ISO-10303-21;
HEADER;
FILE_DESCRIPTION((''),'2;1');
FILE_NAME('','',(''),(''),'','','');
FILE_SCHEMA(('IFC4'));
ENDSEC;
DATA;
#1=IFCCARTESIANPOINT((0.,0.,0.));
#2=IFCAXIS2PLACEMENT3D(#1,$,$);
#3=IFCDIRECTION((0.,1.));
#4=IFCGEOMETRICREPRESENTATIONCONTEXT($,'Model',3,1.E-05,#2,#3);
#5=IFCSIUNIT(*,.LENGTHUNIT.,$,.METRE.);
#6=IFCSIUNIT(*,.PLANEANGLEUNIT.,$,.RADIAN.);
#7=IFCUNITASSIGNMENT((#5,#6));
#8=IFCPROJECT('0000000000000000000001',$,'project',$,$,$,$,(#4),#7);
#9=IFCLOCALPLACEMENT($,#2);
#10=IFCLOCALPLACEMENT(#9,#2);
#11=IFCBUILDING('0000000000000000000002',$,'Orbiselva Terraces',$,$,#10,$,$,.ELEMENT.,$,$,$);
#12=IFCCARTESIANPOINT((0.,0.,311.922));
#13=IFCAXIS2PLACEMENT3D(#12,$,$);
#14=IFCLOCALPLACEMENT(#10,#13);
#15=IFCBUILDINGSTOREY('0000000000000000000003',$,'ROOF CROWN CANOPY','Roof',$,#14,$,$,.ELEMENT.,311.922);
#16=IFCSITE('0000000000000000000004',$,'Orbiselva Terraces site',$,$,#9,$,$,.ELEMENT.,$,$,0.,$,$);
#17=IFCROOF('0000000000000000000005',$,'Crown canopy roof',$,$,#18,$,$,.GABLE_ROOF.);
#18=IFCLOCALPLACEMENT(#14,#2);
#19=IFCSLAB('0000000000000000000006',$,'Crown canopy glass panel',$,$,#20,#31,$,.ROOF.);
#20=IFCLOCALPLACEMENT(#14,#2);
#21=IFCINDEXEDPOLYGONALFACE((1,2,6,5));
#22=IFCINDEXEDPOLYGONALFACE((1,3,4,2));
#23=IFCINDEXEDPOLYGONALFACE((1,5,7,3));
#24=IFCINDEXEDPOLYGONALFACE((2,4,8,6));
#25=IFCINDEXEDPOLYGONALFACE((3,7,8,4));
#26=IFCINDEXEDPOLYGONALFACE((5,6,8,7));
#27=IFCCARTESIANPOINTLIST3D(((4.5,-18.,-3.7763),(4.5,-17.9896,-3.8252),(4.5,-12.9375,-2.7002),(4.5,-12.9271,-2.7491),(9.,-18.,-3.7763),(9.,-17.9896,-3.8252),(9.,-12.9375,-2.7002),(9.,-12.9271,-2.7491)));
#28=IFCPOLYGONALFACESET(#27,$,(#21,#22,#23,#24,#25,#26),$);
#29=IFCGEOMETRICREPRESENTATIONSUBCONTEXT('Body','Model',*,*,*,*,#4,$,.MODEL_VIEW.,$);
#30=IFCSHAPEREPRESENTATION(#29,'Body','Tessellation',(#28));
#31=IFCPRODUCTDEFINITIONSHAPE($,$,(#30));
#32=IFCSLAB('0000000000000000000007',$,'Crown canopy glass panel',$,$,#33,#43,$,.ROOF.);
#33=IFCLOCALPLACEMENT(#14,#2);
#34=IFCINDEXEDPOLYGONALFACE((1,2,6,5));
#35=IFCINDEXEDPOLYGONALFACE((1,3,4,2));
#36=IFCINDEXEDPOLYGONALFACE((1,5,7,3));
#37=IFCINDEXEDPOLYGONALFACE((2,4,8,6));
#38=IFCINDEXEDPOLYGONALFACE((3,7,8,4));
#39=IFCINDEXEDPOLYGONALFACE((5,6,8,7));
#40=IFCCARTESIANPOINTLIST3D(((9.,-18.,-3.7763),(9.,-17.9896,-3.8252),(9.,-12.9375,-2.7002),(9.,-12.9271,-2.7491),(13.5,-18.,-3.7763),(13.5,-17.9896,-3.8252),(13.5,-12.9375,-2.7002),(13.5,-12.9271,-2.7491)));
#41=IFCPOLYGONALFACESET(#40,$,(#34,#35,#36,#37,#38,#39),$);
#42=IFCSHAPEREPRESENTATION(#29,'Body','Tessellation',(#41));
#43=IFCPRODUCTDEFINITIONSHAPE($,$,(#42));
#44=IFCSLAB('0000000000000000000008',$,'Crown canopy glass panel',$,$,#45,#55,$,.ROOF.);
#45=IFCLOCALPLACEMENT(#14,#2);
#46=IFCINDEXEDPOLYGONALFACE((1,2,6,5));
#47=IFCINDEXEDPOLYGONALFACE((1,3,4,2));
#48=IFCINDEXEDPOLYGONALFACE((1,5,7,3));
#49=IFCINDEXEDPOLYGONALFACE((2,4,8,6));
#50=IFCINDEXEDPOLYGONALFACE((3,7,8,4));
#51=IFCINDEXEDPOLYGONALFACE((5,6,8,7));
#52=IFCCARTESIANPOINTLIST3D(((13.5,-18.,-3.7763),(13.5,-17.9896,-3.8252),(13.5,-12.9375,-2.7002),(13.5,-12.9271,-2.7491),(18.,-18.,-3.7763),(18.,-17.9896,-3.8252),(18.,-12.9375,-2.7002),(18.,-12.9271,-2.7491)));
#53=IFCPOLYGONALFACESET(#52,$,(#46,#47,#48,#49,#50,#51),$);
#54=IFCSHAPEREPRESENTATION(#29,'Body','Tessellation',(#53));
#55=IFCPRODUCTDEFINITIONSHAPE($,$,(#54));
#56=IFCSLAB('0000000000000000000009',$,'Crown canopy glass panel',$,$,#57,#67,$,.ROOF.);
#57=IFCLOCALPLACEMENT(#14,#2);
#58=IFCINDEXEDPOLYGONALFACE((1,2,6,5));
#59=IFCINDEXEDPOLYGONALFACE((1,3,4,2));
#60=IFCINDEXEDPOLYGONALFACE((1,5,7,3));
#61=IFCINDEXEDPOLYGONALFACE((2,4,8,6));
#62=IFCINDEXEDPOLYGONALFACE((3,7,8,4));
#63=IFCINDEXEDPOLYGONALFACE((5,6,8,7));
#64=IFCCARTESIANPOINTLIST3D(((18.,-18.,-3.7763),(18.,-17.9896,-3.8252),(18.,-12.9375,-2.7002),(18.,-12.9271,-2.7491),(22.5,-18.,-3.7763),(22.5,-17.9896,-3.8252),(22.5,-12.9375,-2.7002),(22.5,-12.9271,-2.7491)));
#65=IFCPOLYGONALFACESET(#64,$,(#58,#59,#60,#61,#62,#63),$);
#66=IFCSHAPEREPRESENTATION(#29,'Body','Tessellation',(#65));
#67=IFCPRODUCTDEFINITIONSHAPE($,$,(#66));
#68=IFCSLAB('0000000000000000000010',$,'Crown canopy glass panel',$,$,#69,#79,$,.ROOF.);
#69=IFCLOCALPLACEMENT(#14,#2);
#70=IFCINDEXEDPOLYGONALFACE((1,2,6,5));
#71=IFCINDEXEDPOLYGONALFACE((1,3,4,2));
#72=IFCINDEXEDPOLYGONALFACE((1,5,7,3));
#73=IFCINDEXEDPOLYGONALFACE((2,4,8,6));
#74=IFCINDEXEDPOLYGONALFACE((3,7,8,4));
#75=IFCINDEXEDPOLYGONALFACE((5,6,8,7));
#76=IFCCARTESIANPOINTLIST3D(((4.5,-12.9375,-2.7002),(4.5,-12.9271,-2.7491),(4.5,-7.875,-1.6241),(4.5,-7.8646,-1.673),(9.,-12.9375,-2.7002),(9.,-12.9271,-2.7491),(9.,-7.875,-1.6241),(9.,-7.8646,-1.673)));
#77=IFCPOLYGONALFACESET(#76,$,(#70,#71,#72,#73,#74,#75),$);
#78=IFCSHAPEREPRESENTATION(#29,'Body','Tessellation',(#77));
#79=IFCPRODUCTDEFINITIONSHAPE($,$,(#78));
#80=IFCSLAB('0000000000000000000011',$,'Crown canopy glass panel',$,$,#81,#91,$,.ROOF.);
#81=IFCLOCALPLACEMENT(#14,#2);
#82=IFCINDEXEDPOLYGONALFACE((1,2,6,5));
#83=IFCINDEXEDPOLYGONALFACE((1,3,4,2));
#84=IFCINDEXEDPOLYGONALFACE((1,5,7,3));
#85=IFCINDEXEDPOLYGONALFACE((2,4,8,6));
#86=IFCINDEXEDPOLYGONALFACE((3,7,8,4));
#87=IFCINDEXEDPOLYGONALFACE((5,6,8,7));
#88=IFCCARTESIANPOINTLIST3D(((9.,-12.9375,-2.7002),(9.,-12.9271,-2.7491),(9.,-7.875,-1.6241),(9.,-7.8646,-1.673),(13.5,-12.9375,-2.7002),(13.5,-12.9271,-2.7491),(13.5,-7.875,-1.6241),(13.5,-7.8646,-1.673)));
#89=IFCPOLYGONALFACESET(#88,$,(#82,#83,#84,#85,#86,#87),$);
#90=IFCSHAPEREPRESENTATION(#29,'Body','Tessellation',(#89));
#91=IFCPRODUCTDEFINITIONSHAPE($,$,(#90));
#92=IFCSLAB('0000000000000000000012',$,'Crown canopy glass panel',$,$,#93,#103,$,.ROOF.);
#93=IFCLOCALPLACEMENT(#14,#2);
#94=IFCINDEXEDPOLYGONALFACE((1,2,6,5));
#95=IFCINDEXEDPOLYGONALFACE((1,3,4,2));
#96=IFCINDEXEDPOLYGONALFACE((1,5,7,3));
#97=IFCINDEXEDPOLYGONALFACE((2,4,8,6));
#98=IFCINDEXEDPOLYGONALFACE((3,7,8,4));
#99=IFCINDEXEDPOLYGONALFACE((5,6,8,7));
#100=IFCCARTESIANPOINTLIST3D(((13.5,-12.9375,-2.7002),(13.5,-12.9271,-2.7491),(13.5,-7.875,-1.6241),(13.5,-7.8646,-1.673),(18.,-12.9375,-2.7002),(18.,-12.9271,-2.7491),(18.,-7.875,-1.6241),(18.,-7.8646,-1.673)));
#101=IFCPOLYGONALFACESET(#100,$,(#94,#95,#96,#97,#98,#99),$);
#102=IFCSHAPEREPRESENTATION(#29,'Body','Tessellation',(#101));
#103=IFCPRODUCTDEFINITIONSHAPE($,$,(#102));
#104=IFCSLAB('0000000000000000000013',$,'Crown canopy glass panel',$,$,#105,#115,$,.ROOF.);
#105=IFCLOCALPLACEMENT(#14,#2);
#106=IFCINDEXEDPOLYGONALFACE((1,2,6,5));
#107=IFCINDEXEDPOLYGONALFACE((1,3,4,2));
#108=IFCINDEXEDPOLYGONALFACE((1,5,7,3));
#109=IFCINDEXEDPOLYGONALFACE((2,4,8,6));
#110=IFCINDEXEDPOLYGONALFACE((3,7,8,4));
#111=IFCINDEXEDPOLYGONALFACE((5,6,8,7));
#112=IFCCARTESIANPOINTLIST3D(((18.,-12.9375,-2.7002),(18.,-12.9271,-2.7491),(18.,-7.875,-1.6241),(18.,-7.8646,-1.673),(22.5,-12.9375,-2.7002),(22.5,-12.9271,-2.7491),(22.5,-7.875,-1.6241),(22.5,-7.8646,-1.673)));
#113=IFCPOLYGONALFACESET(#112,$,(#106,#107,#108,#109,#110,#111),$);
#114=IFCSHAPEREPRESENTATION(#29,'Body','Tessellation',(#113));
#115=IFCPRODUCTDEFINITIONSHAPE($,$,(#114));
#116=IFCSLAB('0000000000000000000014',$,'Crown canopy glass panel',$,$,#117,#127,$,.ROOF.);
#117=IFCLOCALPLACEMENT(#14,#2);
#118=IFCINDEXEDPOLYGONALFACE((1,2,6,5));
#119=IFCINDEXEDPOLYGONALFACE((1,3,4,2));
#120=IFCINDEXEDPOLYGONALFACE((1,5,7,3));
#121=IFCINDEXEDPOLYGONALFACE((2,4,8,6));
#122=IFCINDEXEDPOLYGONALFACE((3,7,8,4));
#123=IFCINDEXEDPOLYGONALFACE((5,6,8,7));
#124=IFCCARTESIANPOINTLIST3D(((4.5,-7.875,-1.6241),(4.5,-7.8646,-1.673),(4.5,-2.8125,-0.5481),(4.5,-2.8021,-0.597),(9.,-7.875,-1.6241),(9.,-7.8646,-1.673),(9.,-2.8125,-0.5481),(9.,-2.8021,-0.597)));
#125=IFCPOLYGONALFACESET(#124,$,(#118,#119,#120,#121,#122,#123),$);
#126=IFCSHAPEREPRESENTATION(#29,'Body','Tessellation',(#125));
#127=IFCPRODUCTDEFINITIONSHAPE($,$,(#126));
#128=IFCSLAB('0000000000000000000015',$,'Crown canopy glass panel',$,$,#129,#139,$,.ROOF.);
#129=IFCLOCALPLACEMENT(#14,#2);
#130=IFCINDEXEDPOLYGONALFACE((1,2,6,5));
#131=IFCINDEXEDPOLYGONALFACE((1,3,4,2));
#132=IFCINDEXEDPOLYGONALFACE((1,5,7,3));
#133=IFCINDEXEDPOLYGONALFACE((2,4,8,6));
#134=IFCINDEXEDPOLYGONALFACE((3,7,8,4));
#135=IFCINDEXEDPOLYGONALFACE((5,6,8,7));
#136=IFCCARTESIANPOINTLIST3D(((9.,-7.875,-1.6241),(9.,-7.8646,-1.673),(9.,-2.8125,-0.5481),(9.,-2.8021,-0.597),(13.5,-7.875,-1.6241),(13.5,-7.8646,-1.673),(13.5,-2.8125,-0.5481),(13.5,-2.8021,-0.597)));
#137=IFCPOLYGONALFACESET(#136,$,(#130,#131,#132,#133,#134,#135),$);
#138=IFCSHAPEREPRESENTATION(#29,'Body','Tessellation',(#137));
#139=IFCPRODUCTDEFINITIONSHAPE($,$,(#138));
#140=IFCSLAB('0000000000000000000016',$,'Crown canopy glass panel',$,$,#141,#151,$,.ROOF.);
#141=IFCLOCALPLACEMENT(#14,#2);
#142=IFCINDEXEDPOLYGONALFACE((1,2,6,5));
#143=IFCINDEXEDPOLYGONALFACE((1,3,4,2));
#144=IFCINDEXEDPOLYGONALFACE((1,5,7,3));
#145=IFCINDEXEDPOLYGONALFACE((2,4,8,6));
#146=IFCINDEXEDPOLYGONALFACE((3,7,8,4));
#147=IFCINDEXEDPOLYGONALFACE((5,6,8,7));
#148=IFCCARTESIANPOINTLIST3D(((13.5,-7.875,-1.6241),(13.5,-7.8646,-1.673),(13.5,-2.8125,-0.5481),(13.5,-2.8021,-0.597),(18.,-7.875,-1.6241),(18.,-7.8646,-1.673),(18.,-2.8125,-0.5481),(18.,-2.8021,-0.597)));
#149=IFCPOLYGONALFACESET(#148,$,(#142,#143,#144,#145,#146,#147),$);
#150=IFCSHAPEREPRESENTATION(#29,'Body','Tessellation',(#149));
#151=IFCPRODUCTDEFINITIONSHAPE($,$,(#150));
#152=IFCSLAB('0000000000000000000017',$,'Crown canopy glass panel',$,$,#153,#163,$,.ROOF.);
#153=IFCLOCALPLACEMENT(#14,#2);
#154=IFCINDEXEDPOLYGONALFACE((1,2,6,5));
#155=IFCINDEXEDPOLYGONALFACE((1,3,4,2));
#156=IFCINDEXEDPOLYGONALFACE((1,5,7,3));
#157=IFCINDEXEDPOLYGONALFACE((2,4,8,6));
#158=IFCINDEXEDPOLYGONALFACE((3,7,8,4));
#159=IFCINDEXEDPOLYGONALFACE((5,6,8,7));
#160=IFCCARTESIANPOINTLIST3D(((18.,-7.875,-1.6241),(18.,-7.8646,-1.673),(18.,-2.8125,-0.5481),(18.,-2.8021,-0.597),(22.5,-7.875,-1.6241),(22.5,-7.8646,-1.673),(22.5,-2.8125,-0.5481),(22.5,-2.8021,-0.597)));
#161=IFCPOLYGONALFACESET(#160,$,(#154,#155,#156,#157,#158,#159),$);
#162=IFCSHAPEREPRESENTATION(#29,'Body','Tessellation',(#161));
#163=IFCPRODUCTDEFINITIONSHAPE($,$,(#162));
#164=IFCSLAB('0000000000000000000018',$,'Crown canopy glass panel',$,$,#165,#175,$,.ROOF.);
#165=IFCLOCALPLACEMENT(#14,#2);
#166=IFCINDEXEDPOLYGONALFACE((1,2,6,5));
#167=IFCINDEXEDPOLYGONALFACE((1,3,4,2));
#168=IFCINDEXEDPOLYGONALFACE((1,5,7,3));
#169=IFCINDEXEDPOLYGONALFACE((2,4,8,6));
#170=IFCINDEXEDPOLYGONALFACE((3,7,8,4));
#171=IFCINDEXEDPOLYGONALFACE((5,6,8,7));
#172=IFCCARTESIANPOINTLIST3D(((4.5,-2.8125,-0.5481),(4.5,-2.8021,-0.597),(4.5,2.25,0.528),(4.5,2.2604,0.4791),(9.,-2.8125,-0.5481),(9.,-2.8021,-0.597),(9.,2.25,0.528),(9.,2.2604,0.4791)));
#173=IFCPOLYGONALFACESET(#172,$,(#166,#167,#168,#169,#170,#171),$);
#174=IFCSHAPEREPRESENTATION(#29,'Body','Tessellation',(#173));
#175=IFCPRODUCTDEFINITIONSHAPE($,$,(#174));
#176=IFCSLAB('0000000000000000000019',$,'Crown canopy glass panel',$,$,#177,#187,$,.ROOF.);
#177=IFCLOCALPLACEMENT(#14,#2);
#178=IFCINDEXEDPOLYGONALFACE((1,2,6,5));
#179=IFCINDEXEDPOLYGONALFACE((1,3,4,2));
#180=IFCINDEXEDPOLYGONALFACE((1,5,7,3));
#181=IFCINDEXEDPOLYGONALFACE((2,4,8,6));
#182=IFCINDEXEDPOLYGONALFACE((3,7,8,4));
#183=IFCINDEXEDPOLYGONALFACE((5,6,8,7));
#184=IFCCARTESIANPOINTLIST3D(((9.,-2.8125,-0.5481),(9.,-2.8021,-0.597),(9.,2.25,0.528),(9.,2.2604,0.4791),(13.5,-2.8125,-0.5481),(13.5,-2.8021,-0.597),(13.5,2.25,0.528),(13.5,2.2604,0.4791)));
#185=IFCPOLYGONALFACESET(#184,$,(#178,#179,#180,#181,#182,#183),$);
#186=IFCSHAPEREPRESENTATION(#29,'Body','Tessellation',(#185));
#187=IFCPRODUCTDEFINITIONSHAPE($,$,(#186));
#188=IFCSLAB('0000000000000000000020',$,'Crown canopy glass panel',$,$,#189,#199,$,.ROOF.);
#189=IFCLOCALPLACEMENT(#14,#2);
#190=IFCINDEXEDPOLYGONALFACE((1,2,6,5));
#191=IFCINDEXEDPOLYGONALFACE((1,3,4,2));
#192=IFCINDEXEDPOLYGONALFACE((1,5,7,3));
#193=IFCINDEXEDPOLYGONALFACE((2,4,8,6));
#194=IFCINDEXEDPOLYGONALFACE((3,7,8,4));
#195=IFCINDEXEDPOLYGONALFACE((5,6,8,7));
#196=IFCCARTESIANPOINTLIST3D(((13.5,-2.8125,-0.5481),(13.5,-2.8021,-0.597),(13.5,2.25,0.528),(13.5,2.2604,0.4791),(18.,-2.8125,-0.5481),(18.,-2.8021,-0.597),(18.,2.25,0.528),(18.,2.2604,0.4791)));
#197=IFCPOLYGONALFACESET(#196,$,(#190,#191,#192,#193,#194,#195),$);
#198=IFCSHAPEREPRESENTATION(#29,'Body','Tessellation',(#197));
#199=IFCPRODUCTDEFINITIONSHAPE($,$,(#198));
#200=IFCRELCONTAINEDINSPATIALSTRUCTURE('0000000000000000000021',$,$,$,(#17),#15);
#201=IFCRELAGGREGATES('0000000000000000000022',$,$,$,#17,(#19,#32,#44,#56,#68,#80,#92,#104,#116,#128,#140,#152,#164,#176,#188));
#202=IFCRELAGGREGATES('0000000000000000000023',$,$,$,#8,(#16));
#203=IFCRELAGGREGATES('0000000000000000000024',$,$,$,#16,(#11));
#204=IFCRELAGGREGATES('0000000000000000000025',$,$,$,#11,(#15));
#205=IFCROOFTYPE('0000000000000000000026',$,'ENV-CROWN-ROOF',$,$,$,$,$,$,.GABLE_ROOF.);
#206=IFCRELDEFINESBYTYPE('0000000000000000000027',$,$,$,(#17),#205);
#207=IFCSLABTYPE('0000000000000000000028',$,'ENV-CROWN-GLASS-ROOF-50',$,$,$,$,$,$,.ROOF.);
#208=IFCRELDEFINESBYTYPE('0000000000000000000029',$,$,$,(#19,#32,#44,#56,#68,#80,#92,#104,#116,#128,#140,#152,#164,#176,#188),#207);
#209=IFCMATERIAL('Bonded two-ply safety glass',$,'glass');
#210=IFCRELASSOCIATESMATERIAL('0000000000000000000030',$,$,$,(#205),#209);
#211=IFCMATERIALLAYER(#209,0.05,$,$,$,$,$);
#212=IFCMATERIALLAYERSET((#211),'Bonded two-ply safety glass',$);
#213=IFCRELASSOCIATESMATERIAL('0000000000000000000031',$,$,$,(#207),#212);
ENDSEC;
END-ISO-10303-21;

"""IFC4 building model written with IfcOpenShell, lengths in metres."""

from ifc_helpers import new_model, si_unit, direction, frame, origin, place, context, subcontext, project, spatial, polyline, outline, extrude, material, layer, layer_set, type_object, element, aggregate, save


model = new_model("IFC4")

# Units and contexts
model_context = context("Model", 3, precision=1e-05, world=origin(), true_north=direction((0.0, 1.0)))
body_context = subcontext(model_context, "Body", "Model", "MODEL_VIEW")
ifc_project = project(units=[si_unit("LENGTHUNIT", "METRE"), si_unit("PLANEANGLEUNIT", "RADIAN")], contexts=[model_context])

# Site, building, storey
site_placement = place(None, origin())
site = spatial("IfcSite", under=ifc_project, at=site_placement, Name="Orbiselva Terraces site", CompositionType="ELEMENT", RefElevation=0.0)
building_placement = place(site_placement, origin())
building = spatial("IfcBuilding", under=site, at=building_placement, Name="Orbiselva Terraces", CompositionType="ELEMENT")
storey_placement = place(building_placement, frame((0.0, 0.0, 311.922)))
storey = spatial("IfcBuildingStorey", under=building, at=storey_placement, Name="ROOF CROWN CANOPY", Description="Roof", CompositionType="ELEMENT", Elevation=311.922)

# Roof, slabs
ifc_material = material(Name="Bonded two-ply safety glass", Category="glass")
roof_type = type_object("IfcRoofType", Name="ENV-CROWN-ROOF", PredefinedType="GABLE_ROOF", material=ifc_material)
roof_placement = place(storey_placement, origin())
roof = element("IfcRoof", 1, at=roof_placement, inside=storey, type_object=roof_type, Name="Crown canopy roof", PredefinedType="GABLE_ROOF")
ifc_layer = layer(ifc_material, 0.05)
ifc_layer_set = layer_set([ifc_layer], Name="Bonded two-ply safety glass")
slab_type = type_object("IfcSlabType", Name="ENV-CROWN-GLASS-ROOF-50", PredefinedType="ROOF", material=ifc_layer_set)
slab_1_placement = place(storey_placement, frame((4.5, -18.0, -3.7763), z_axis=(0.0, -0.207912, 0.978148), x_axis=(1.0, 0.0, 0.0)))
slab_1 = element("IfcSlab", 2, at=slab_1_placement, type_object=slab_type, Name="Crown canopy glass panel", PredefinedType="ROOF", context=body_context, shape_type="SweptSolid", body=[
    extrude(outline(polyline([(0.0, 0.0), (4.5, 0.0), (4.5, 5.1756), (0.0, 5.1756), (0.0, 0.0)])), origin(), (0.0, 0.0, -1.0), 0.05),
])
slab_2_placement = place(storey_placement, frame((9.0, -18.0, -3.7763), z_axis=(0.0, -0.207912, 0.978148), x_axis=(1.0, 0.0, 0.0)))
slab_2 = element("IfcSlab", 3, at=slab_2_placement, type_object=slab_type, Name="Crown canopy glass panel", PredefinedType="ROOF", context=body_context, shape_type="SweptSolid", body=[
    extrude(outline(polyline([(0.0, 0.0), (4.5, 0.0), (4.5, 5.1756), (0.0, 5.1756), (0.0, 0.0)])), origin(), (0.0, 0.0, -1.0), 0.05),
])
slab_3_placement = place(storey_placement, frame((13.5, -18.0, -3.7763), z_axis=(0.0, -0.207912, 0.978148), x_axis=(1.0, 0.0, 0.0)))
slab_3 = element("IfcSlab", 4, at=slab_3_placement, type_object=slab_type, Name="Crown canopy glass panel", PredefinedType="ROOF", context=body_context, shape_type="SweptSolid", body=[
    extrude(outline(polyline([(0.0, 0.0), (4.5, 0.0), (4.5, 5.1756), (0.0, 5.1756), (0.0, 0.0)])), origin(), (0.0, 0.0, -1.0), 0.05),
])
slab_4_placement = place(storey_placement, frame((18.0, -18.0, -3.7763), z_axis=(0.0, -0.207912, 0.978148), x_axis=(1.0, 0.0, 0.0)))
slab_4 = element("IfcSlab", 5, at=slab_4_placement, type_object=slab_type, Name="Crown canopy glass panel", PredefinedType="ROOF", context=body_context, shape_type="SweptSolid", body=[
    extrude(outline(polyline([(0.0, 0.0), (4.5, 0.0), (4.5, 5.1756), (0.0, 5.1756), (0.0, 0.0)])), origin(), (0.0, 0.0, -1.0), 0.05),
])
slab_5_placement = place(storey_placement, frame((4.5, -12.9375, -2.7002), z_axis=(0.0, -0.207912, 0.978148), x_axis=(1.0, 0.0, 0.0)))
slab_5 = element("IfcSlab", 6, at=slab_5_placement, type_object=slab_type, Name="Crown canopy glass panel", PredefinedType="ROOF", context=body_context, shape_type="SweptSolid", body=[
    extrude(outline(polyline([(0.0, 0.0), (4.5, 0.0), (4.5, 5.1756), (0.0, 5.1756), (0.0, 0.0)])), origin(), (0.0, 0.0, -1.0), 0.05),
])
slab_6_placement = place(storey_placement, frame((9.0, -12.9375, -2.7002), z_axis=(0.0, -0.207912, 0.978148), x_axis=(1.0, 0.0, 0.0)))
slab_6 = element("IfcSlab", 7, at=slab_6_placement, type_object=slab_type, Name="Crown canopy glass panel", PredefinedType="ROOF", context=body_context, shape_type="SweptSolid", body=[
    extrude(outline(polyline([(0.0, 0.0), (4.5, 0.0), (4.5, 5.1756), (0.0, 5.1756), (0.0, 0.0)])), origin(), (0.0, 0.0, -1.0), 0.05),
])
slab_7_placement = place(storey_placement, frame((13.5, -12.9375, -2.7002), z_axis=(0.0, -0.207912, 0.978148), x_axis=(1.0, 0.0, 0.0)))
slab_7 = element("IfcSlab", 8, at=slab_7_placement, type_object=slab_type, Name="Crown canopy glass panel", PredefinedType="ROOF", context=body_context, shape_type="SweptSolid", body=[
    extrude(outline(polyline([(0.0, 0.0), (4.5, 0.0), (4.5, 5.1756), (0.0, 5.1756), (0.0, 0.0)])), origin(), (0.0, 0.0, -1.0), 0.05),
])
slab_8_placement = place(storey_placement, frame((18.0, -12.9375, -2.7002), z_axis=(0.0, -0.207912, 0.978148), x_axis=(1.0, 0.0, 0.0)))
slab_8 = element("IfcSlab", 9, at=slab_8_placement, type_object=slab_type, Name="Crown canopy glass panel", PredefinedType="ROOF", context=body_context, shape_type="SweptSolid", body=[
    extrude(outline(polyline([(0.0, 0.0), (4.5, 0.0), (4.5, 5.1756), (0.0, 5.1756), (0.0, 0.0)])), origin(), (0.0, 0.0, -1.0), 0.05),
])
slab_9_placement = place(storey_placement, frame((4.5, -7.875, -1.6241), z_axis=(0.0, -0.207912, 0.978148), x_axis=(1.0, 0.0, 0.0)))
slab_9 = element("IfcSlab", 10, at=slab_9_placement, type_object=slab_type, Name="Crown canopy glass panel", PredefinedType="ROOF", context=body_context, shape_type="SweptSolid", body=[
    extrude(outline(polyline([(0.0, 0.0), (4.5, 0.0), (4.5, 5.1756), (0.0, 5.1756), (0.0, 0.0)])), origin(), (0.0, 0.0, -1.0), 0.05),
])
slab_10_placement = place(storey_placement, frame((9.0, -7.875, -1.6241), z_axis=(0.0, -0.207912, 0.978148), x_axis=(1.0, 0.0, 0.0)))
slab_10 = element("IfcSlab", 11, at=slab_10_placement, type_object=slab_type, Name="Crown canopy glass panel", PredefinedType="ROOF", context=body_context, shape_type="SweptSolid", body=[
    extrude(outline(polyline([(0.0, 0.0), (4.5, 0.0), (4.5, 5.1756), (0.0, 5.1756), (0.0, 0.0)])), origin(), (0.0, 0.0, -1.0), 0.05),
])
slab_11_placement = place(storey_placement, frame((13.5, -7.875, -1.6241), z_axis=(0.0, -0.207912, 0.978148), x_axis=(1.0, 0.0, 0.0)))
slab_11 = element("IfcSlab", 12, at=slab_11_placement, type_object=slab_type, Name="Crown canopy glass panel", PredefinedType="ROOF", context=body_context, shape_type="SweptSolid", body=[
    extrude(outline(polyline([(0.0, 0.0), (4.5, 0.0), (4.5, 5.1756), (0.0, 5.1756), (0.0, 0.0)])), origin(), (0.0, 0.0, -1.0), 0.05),
])
slab_12_placement = place(storey_placement, frame((18.0, -7.875, -1.6241), z_axis=(0.0, -0.207912, 0.978148), x_axis=(1.0, 0.0, 0.0)))
slab_12 = element("IfcSlab", 13, at=slab_12_placement, type_object=slab_type, Name="Crown canopy glass panel", PredefinedType="ROOF", context=body_context, shape_type="SweptSolid", body=[
    extrude(outline(polyline([(0.0, 0.0), (4.5, 0.0), (4.5, 5.1756), (0.0, 5.1756), (0.0, 0.0)])), origin(), (0.0, 0.0, -1.0), 0.05),
])
slab_13_placement = place(storey_placement, frame((4.5, -2.8125, -0.5481), z_axis=(0.0, -0.207912, 0.978148), x_axis=(1.0, 0.0, 0.0)))
slab_13 = element("IfcSlab", 14, at=slab_13_placement, type_object=slab_type, Name="Crown canopy glass panel", PredefinedType="ROOF", context=body_context, shape_type="SweptSolid", body=[
    extrude(outline(polyline([(0.0, 0.0), (4.5, 0.0), (4.5, 5.1756), (0.0, 5.1756), (0.0, 0.0)])), origin(), (0.0, 0.0, -1.0), 0.05),
])
slab_14_placement = place(storey_placement, frame((9.0, -2.8125, -0.5481), z_axis=(0.0, -0.207912, 0.978148), x_axis=(1.0, 0.0, 0.0)))
slab_14 = element("IfcSlab", 15, at=slab_14_placement, type_object=slab_type, Name="Crown canopy glass panel", PredefinedType="ROOF", context=body_context, shape_type="SweptSolid", body=[
    extrude(outline(polyline([(0.0, 0.0), (4.5, 0.0), (4.5, 5.1756), (0.0, 5.1756), (0.0, 0.0)])), origin(), (0.0, 0.0, -1.0), 0.05),
])
slab_15_placement = place(storey_placement, frame((13.5, -2.8125, -0.5481), z_axis=(0.0, -0.207912, 0.978148), x_axis=(1.0, 0.0, 0.0)))
slab_15 = element("IfcSlab", 16, at=slab_15_placement, type_object=slab_type, Name="Crown canopy glass panel", PredefinedType="ROOF", context=body_context, shape_type="SweptSolid", body=[
    extrude(outline(polyline([(0.0, 0.0), (4.5, 0.0), (4.5, 5.1756), (0.0, 5.1756), (0.0, 0.0)])), origin(), (0.0, 0.0, -1.0), 0.05),
])
aggregate(roof, [slab_1, slab_2, slab_3, slab_4, slab_5, slab_6, slab_7, slab_8, slab_9, slab_10, slab_11, slab_12, slab_13, slab_14, slab_15])

save(model, "model.ifc")
